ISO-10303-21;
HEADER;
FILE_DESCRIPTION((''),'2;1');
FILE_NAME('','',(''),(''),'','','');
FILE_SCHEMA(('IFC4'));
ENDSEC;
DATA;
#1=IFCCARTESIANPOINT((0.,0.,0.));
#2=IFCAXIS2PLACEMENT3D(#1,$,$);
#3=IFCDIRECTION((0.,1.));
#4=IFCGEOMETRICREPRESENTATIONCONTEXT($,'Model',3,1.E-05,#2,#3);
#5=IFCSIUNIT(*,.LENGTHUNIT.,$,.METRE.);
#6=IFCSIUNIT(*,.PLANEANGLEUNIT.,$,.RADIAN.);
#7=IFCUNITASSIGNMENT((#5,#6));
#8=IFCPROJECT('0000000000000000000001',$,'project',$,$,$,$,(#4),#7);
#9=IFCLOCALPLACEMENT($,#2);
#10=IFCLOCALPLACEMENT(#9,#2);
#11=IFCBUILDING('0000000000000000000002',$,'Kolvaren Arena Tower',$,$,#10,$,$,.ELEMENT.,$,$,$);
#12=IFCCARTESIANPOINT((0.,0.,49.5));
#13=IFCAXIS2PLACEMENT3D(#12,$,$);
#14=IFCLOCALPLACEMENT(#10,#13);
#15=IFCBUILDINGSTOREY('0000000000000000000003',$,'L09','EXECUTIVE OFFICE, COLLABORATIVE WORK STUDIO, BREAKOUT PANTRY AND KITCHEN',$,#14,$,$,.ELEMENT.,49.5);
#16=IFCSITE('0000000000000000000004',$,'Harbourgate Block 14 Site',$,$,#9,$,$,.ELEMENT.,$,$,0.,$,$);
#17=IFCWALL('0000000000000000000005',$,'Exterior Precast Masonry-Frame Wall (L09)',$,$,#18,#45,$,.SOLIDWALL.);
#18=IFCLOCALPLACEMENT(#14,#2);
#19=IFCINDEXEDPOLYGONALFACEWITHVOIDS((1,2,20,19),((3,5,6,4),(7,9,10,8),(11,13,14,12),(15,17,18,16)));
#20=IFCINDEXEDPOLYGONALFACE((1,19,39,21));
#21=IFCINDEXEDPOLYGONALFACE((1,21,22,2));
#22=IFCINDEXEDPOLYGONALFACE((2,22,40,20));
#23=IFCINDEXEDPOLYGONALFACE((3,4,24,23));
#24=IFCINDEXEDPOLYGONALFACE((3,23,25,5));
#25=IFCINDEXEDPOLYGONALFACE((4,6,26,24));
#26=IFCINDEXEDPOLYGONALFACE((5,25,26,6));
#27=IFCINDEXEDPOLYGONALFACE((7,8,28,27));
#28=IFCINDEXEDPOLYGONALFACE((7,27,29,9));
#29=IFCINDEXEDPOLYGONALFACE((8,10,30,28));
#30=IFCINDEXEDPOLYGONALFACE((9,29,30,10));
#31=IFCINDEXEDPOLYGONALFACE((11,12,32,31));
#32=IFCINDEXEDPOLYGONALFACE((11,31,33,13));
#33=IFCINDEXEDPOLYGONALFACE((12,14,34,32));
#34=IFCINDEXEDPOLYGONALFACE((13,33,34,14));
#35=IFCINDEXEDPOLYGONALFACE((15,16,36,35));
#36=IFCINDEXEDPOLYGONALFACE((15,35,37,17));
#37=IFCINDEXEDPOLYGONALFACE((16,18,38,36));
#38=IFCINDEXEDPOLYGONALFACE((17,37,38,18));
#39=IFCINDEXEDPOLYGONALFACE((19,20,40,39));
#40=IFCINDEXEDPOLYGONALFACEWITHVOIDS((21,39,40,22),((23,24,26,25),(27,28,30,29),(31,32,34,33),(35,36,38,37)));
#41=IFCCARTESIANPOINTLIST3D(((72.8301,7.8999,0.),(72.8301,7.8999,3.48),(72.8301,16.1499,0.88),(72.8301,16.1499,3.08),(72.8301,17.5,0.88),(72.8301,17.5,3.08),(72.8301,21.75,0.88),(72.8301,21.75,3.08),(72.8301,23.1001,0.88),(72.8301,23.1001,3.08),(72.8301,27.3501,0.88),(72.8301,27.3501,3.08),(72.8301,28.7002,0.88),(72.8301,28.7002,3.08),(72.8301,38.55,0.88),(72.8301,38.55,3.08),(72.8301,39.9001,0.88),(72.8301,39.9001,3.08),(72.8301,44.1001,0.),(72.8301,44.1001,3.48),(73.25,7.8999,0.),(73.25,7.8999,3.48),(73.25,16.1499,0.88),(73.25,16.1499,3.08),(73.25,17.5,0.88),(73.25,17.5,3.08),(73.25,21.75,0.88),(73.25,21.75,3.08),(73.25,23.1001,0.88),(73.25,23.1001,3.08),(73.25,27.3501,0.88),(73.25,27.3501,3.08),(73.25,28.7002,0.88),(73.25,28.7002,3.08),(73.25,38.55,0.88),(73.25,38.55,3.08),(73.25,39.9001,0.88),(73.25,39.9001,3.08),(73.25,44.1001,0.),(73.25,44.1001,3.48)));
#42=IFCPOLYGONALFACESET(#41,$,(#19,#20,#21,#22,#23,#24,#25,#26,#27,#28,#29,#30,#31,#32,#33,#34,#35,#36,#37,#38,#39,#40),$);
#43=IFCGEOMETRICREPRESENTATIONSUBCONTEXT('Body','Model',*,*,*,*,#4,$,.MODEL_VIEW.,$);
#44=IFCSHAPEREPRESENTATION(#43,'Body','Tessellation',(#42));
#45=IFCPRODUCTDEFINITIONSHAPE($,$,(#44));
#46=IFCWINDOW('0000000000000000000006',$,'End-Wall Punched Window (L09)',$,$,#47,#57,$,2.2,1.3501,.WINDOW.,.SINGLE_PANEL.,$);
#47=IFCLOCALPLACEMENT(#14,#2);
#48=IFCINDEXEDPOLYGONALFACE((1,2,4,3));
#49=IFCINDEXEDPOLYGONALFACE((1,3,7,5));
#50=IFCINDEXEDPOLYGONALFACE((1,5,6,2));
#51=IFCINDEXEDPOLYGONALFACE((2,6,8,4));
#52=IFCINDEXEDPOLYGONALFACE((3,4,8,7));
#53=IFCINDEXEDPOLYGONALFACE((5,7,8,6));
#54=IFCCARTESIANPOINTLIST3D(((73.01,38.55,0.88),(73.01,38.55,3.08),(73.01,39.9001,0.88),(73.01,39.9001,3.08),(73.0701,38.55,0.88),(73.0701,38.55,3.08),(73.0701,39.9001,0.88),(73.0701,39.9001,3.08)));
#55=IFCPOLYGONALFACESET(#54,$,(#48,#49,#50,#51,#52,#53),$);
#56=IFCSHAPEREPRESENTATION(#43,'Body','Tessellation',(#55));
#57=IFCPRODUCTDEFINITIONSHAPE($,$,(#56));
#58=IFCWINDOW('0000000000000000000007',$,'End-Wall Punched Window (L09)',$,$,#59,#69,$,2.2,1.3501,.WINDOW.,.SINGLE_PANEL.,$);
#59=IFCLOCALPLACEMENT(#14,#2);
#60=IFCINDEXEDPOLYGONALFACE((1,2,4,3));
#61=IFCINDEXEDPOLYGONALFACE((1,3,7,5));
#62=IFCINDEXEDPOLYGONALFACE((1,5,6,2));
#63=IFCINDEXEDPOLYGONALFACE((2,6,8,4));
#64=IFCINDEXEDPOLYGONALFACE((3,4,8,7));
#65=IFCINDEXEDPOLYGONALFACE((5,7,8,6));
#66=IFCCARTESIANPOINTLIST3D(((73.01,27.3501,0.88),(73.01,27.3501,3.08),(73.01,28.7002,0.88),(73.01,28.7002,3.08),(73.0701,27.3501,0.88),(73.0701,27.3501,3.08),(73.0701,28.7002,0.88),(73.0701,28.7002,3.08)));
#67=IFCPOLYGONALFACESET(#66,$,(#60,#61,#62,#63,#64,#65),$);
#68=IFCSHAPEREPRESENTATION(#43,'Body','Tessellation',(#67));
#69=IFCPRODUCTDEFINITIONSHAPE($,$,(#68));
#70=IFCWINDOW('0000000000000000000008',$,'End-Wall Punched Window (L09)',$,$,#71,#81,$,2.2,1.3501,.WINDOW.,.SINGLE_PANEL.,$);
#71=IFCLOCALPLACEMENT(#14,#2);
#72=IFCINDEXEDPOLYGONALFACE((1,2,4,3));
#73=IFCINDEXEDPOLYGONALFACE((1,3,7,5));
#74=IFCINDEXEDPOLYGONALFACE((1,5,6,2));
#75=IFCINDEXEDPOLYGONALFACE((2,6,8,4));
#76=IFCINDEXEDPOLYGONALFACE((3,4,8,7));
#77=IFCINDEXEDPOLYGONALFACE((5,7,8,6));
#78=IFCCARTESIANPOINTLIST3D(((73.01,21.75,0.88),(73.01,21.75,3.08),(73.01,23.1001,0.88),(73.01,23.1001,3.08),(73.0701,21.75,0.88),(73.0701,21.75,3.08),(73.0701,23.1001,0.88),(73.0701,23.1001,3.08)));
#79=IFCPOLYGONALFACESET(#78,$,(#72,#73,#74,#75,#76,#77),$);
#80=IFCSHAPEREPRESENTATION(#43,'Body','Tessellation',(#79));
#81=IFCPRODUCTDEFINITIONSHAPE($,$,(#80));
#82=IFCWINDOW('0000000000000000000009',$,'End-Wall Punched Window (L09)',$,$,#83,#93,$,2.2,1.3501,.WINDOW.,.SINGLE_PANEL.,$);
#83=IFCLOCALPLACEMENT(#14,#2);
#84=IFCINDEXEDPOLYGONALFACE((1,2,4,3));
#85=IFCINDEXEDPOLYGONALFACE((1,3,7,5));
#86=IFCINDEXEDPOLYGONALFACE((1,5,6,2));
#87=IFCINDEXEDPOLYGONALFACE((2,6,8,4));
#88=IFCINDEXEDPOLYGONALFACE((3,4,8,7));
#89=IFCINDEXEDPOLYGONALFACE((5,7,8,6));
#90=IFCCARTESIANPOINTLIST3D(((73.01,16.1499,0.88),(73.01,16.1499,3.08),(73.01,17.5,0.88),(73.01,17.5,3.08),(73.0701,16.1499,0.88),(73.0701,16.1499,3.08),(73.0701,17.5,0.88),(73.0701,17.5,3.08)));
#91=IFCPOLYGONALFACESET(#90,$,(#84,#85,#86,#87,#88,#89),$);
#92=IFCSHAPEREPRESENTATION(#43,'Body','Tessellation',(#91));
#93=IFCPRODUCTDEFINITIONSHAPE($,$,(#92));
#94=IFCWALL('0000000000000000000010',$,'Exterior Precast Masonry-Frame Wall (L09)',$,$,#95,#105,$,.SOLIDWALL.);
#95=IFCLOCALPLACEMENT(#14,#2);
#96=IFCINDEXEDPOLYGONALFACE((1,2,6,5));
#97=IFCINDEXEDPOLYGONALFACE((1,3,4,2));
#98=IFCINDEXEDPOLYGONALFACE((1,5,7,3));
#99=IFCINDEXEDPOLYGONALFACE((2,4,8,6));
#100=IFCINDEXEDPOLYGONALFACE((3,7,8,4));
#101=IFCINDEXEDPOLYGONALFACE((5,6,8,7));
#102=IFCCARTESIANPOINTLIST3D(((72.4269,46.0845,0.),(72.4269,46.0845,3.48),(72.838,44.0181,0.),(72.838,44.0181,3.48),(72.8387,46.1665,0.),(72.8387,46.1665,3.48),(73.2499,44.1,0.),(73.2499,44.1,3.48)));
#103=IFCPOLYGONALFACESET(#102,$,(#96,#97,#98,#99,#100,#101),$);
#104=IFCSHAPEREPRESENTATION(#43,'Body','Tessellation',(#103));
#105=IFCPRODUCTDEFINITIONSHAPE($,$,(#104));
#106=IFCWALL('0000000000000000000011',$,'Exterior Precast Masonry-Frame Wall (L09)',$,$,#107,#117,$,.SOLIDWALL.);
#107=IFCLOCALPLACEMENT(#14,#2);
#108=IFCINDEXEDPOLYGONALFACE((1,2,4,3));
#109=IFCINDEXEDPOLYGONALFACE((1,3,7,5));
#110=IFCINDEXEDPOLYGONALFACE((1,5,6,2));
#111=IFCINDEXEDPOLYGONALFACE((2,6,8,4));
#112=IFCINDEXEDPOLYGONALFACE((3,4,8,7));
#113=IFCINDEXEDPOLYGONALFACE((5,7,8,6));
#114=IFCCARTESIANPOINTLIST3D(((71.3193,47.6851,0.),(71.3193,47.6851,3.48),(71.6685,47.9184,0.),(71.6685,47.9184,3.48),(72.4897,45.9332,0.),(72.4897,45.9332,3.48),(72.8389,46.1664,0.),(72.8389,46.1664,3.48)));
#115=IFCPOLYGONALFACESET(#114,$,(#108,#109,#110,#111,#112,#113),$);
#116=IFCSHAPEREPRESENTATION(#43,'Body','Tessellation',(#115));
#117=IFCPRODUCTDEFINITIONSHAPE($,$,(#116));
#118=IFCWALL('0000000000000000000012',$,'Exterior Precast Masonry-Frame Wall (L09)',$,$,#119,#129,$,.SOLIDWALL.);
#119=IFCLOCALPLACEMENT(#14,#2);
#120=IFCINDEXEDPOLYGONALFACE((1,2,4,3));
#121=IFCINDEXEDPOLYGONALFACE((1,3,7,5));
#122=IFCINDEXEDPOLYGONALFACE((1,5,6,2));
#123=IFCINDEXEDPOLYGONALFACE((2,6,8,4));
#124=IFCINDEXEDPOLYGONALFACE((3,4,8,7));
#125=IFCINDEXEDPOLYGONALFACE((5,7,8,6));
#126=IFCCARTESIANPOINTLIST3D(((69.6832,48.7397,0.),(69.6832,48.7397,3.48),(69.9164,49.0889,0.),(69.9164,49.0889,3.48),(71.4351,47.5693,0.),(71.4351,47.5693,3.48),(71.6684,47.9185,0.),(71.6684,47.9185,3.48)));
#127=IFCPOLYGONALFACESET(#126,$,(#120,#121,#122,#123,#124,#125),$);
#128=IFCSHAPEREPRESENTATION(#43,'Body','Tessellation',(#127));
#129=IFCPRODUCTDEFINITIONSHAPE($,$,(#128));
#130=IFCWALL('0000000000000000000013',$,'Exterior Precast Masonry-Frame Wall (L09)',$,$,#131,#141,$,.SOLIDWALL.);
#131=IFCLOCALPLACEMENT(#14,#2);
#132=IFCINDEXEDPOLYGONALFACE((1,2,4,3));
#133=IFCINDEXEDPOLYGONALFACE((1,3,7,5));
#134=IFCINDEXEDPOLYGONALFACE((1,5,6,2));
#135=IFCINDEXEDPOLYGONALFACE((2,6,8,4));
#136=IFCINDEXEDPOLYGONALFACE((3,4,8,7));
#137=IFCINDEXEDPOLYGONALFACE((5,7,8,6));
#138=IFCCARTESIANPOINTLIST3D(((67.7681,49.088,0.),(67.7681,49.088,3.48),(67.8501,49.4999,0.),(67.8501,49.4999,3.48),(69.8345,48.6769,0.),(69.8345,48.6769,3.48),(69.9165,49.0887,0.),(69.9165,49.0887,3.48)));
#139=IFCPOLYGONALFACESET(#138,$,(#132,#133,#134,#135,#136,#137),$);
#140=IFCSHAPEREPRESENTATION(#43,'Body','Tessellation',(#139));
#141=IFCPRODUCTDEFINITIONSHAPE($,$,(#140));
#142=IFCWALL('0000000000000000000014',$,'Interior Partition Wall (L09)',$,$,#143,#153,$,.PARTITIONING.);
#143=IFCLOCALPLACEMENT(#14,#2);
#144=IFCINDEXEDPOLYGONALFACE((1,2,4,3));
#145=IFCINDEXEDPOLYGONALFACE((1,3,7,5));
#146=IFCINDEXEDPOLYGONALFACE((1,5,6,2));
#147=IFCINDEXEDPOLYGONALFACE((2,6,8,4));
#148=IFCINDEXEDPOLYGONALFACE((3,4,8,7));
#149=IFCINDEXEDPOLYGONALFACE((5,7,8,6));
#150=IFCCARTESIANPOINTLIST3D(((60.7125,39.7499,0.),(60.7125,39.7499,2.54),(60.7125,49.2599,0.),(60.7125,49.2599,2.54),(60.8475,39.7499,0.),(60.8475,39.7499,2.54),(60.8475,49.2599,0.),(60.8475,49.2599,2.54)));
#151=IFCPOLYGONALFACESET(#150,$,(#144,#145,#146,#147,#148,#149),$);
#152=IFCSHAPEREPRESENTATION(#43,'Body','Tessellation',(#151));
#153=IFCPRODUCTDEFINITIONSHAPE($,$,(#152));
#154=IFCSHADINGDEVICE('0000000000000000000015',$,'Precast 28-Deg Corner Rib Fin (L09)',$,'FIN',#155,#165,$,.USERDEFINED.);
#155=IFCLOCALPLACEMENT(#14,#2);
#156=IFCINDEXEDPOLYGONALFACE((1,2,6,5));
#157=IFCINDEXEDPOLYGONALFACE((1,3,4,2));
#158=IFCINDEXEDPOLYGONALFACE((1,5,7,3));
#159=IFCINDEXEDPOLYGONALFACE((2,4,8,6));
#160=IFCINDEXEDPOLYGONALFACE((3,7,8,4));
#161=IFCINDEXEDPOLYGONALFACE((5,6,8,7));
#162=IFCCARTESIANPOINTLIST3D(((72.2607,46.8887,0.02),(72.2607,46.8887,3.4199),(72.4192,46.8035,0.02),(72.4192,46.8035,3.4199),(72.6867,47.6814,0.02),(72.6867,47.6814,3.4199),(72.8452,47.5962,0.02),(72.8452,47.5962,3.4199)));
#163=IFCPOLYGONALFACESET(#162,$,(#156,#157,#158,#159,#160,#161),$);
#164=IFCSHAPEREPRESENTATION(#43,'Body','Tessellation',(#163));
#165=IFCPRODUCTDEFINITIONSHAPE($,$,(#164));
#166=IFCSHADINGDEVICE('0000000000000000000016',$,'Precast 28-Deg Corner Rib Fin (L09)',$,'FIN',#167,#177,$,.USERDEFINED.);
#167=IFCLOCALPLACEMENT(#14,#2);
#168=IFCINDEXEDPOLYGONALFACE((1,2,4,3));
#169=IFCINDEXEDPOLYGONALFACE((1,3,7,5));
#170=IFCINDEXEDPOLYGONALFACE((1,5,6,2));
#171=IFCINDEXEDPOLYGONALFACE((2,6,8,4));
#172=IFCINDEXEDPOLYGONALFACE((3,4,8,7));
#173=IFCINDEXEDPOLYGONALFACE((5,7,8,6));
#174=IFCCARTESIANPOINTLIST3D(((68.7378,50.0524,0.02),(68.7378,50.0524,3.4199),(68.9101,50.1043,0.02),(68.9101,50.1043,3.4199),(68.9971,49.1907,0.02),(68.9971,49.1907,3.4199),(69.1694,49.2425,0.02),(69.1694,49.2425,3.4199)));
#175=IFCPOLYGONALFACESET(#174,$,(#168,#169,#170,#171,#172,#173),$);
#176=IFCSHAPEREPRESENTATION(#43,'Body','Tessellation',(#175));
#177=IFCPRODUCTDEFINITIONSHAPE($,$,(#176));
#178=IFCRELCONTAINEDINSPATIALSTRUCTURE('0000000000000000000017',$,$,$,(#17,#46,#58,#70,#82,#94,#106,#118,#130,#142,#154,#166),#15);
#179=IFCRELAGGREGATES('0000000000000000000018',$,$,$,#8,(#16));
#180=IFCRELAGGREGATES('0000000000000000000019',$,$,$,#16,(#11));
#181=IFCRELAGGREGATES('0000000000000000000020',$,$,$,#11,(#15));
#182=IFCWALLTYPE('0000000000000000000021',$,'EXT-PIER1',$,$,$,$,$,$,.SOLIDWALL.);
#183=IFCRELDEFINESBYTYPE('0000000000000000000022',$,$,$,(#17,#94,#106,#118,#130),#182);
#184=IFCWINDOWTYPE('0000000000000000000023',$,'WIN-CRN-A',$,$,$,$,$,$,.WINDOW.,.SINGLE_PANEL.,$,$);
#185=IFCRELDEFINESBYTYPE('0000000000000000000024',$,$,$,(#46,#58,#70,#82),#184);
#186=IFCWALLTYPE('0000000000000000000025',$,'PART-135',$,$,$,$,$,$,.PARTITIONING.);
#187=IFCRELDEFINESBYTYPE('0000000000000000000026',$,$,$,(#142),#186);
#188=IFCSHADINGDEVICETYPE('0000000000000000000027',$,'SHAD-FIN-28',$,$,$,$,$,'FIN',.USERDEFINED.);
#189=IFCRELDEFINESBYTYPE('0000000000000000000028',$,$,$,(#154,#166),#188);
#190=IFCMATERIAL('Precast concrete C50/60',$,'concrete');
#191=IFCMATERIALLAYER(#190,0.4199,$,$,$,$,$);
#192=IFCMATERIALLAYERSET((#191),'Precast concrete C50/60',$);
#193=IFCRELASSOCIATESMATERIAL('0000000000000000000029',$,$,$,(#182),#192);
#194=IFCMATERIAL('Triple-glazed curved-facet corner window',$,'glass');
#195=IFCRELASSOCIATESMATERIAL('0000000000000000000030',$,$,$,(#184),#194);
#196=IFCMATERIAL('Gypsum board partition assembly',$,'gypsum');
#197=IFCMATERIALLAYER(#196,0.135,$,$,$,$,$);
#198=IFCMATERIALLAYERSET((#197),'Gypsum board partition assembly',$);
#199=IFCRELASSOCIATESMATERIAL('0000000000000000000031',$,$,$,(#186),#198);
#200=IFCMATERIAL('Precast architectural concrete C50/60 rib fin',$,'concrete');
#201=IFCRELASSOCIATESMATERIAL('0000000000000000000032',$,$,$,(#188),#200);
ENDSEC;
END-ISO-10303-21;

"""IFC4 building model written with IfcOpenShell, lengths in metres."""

from ifc_helpers import new_model, si_unit, direction, frame, frame_2d, origin, origin_2d, place, context, subcontext, project, spatial, rectangle, extrude, material, layer, layer_set, type_object, element, fill, save


model = new_model("IFC4")

# Units and contexts
model_context = context("Model", 3, precision=1e-05, world=origin(), true_north=direction((0.0, 1.0)))
body_context = subcontext(model_context, "Body", "Model", "MODEL_VIEW")
ifc_project = project(units=[si_unit("LENGTHUNIT", "METRE"), si_unit("PLANEANGLEUNIT", "RADIAN")], contexts=[model_context])

# Site, building, storey
site_placement = place(None, origin())
site = spatial("IfcSite", under=ifc_project, at=site_placement, Name="Harbourgate Block 14 Site", CompositionType="ELEMENT", RefElevation=0.0)
building_placement = place(site_placement, origin())
building = spatial("IfcBuilding", under=site, at=building_placement, Name="Kolvaren Arena Tower", CompositionType="ELEMENT")
storey_placement = place(building_placement, frame((0.0, 0.0, 49.5)))
storey = spatial("IfcBuildingStorey", under=building, at=storey_placement, Name="L09", Description="EXECUTIVE OFFICE, COLLABORATIVE WORK STUDIO, BREAKOUT PANTRY AND KITCHEN", CompositionType="ELEMENT", Elevation=49.5)

# Wall, openings, windows
ifc_material_1 = material(Name="Precast concrete C50/60", Category="concrete")
ifc_layer_1 = layer(ifc_material_1, 0.4199)
ifc_layer_set_1 = layer_set([ifc_layer_1], Name="Precast concrete C50/60")
wall_type_1 = type_object("IfcWallType", Name="EXT-PIER1", PredefinedType="SOLIDWALL", material=ifc_layer_set_1)
wall_1_placement = place(storey_placement, frame((73.04, 44.1001, 0.0), z_axis=(0.0, 0.0, 1.0), x_axis=(0.0, -1.0, 0.0)))
wall_1 = element("IfcWall", 1, at=wall_1_placement, inside=storey, type_object=wall_type_1, Name="Exterior Precast Masonry-Frame Wall (L09)", PredefinedType="SOLIDWALL", context=body_context, shape_type="SweptSolid", body=[
    extrude(rectangle(XDim=36.2002, YDim=0.4199, at=frame_2d((18.1001, 0.0))), origin(), (0.0, 0.0, 1.0), 3.48),
])
opening_1_placement = place(wall_1_placement, frame((4.2, 0.0, 0.8799)))
opening_1 = element("IfcOpeningElement", 2, at=opening_1_placement, cuts=wall_1, PredefinedType="OPENING", context=body_context, shape_type="SweptSolid", body=[
    extrude(rectangle(XDim=1.3501, YDim=2.2, at=frame_2d((0.675, 1.1001))), frame((0.0, 0.22, 0.0), z_axis=(0.0, -1.0, 0.0), x_axis=(1.0, 0.0, 0.0)), (0.0, 0.0, 1.0), 0.4399),
])
opening_2_placement = place(wall_1_placement, frame((15.3999, 0.0, 0.8799)))
opening_2 = element("IfcOpeningElement", 3, at=opening_2_placement, cuts=wall_1, PredefinedType="OPENING", context=body_context, shape_type="SweptSolid", body=[
    extrude(rectangle(XDim=1.3501, YDim=2.2, at=frame_2d((0.675, 1.1001))), frame((0.0, 0.22, 0.0), z_axis=(0.0, -1.0, 0.0), x_axis=(1.0, 0.0, 0.0)), (0.0, 0.0, 1.0), 0.4399),
])
opening_3_placement = place(wall_1_placement, frame((21.0, 0.0, 0.8799)))
opening_3 = element("IfcOpeningElement", 4, at=opening_3_placement, cuts=wall_1, PredefinedType="OPENING", context=body_context, shape_type="SweptSolid", body=[
    extrude(rectangle(XDim=1.3501, YDim=2.2, at=frame_2d((0.675, 1.1001))), frame((0.0, 0.22, 0.0), z_axis=(0.0, -1.0, 0.0), x_axis=(1.0, 0.0, 0.0)), (0.0, 0.0, 1.0), 0.4399),
])
opening_4_placement = place(wall_1_placement, frame((26.6001, 0.0, 0.8799)))
opening_4 = element("IfcOpeningElement", 5, at=opening_4_placement, cuts=wall_1, PredefinedType="OPENING", context=body_context, shape_type="SweptSolid", body=[
    extrude(rectangle(XDim=1.3501, YDim=2.2, at=frame_2d((0.675, 1.1001))), frame((0.0, 0.22, 0.0), z_axis=(0.0, -1.0, 0.0), x_axis=(1.0, 0.0, 0.0)), (0.0, 0.0, 1.0), 0.4399),
])
ifc_material_2 = material(Name="Triple-glazed curved-facet corner window", Category="glass")
window_type = type_object("IfcWindowType", Name="WIN-CRN-A", PartitioningType="SINGLE_PANEL", PredefinedType="WINDOW", material=ifc_material_2)
window_1_placement = place(opening_1_placement, origin())
window_1 = element("IfcWindow", 6, at=window_1_placement, inside=storey, type_object=window_type, Name="End-Wall Punched Window (L09)", OverallHeight=2.2, OverallWidth=1.3501, PartitioningType="SINGLE_PANEL", PredefinedType="WINDOW", context=body_context, shape_type="SweptSolid", body=[
    extrude(rectangle(XDim=1.3501, YDim=2.2, at=frame_2d((0.675, 1.1001))), frame((0.0, 0.03, 0.0), z_axis=(0.0, -1.0, 0.0), x_axis=(1.0, 0.0, 0.0)), (0.0, 0.0, 1.0), 0.0601),
])
fill(opening_1, window_1)
window_2_placement = place(opening_2_placement, origin())
window_2 = element("IfcWindow", 7, at=window_2_placement, inside=storey, type_object=window_type, Name="End-Wall Punched Window (L09)", OverallHeight=2.2, OverallWidth=1.3501, PartitioningType="SINGLE_PANEL", PredefinedType="WINDOW", context=body_context, shape_type="SweptSolid", body=[
    extrude(rectangle(XDim=1.3501, YDim=2.2, at=frame_2d((0.675, 1.1001))), frame((0.0, 0.03, 0.0), z_axis=(0.0, -1.0, 0.0), x_axis=(1.0, 0.0, 0.0)), (0.0, 0.0, 1.0), 0.0601),
])
fill(opening_2, window_2)
window_3_placement = place(opening_3_placement, origin())
window_3 = element("IfcWindow", 8, at=window_3_placement, inside=storey, type_object=window_type, Name="End-Wall Punched Window (L09)", OverallHeight=2.2, OverallWidth=1.3501, PartitioningType="SINGLE_PANEL", PredefinedType="WINDOW", context=body_context, shape_type="SweptSolid", body=[
    extrude(rectangle(XDim=1.3501, YDim=2.2, at=frame_2d((0.675, 1.1001))), frame((0.0, 0.03, 0.0), z_axis=(0.0, -1.0, 0.0), x_axis=(1.0, 0.0, 0.0)), (0.0, 0.0, 1.0), 0.0601),
])
fill(opening_3, window_3)
window_4_placement = place(opening_4_placement, origin())
window_4 = element("IfcWindow", 9, at=window_4_placement, inside=storey, type_object=window_type, Name="End-Wall Punched Window (L09)", OverallHeight=2.2, OverallWidth=1.3501, PartitioningType="SINGLE_PANEL", PredefinedType="WINDOW", context=body_context, shape_type="SweptSolid", body=[
    extrude(rectangle(XDim=1.3501, YDim=2.2, at=frame_2d((0.675, 1.1001))), frame((0.0, 0.03, 0.0), z_axis=(0.0, -1.0, 0.0), x_axis=(1.0, 0.0, 0.0)), (0.0, 0.0, 1.0), 0.0601),
])
fill(opening_4, window_4)

# Walls
for number, where, z_axis, x_axis, name in (
    (10, (72.6328, 46.1255, 0.0), (0.0, 0.0, 1.0), (0.195136, -0.980776, 0.0), "Exterior Precast Masonry-Frame Wall (L09)"),
    (11, (71.4939, 47.8018, 0.0), (0.0, 0.0, 1.0), (0.555502, -0.831515, 0.0), "Exterior Precast Masonry-Frame Wall (L09)"),
    (12, (69.7998, 48.9143, 0.0), (0.0, 0.0, 1.0), (0.831515, -0.555502, 0.0), "Exterior Precast Masonry-Frame Wall (L09)"),
    (13, (67.8091, 49.2939, 0.0), (0.0, 0.0, 1.0), (0.980776, -0.195136, 0.0), "Exterior Precast Masonry-Frame Wall (L09)"),
):
    element("IfcWall", number, at=place(storey_placement, frame(where, z_axis=z_axis, x_axis=x_axis)), inside=storey, type_object=wall_type_1, Name=name, PredefinedType="SOLIDWALL", context=body_context, shape_type="SweptSolid", body=[
        extrude(rectangle(XDim=2.1069, YDim=0.4199, at=frame_2d((1.0535, 0.0))), origin(), (0.0, 0.0, 1.0), 3.48),
    ])
ifc_material_3 = material(Name="Gypsum board partition assembly", Category="gypsum")
ifc_layer_2 = layer(ifc_material_3, 0.135)
ifc_layer_set_2 = layer_set([ifc_layer_2], Name="Gypsum board partition assembly")
wall_type_2 = type_object("IfcWallType", Name="PART-135", PredefinedType="PARTITIONING", material=ifc_layer_set_2)
wall_2_placement = place(storey_placement, frame((60.78, 39.75, 0.0), z_axis=(0.0, 0.0, 1.0), x_axis=(0.0, 1.0, 0.0)))
element("IfcWall", 14, at=wall_2_placement, inside=storey, type_object=wall_type_2, Name="Interior Partition Wall (L09)", PredefinedType="PARTITIONING", context=body_context, shape_type="SweptSolid", body=[
    extrude(rectangle(XDim=9.51, YDim=0.135, at=frame_2d((4.7549, 0.0))), origin(), (0.0, 0.0, 1.0), 2.54),
])

# Shading devices
ifc_material_4 = material(Name="Precast architectural concrete C50/60 rib fin", Category="concrete")
shading_device_type_1 = type_object("IfcShadingDeviceType", Name="SHAD-FIN-28", ElementType="FIN", PredefinedType="USERDEFINED", material=ifc_material_4)
for number, where, z_axis, x_axis, name in (
    (15, (72.553, 47.2424, 0.02), (0.0, 0.0, 1.0), (0.473349, 0.880875, 0.0), "Precast 28-Deg Corner Rib Fin (L09)"),
    (16, (68.9536, 49.6475, 0.02), (0.0, 0.0, 1.0), (-0.288175, 0.957578, 0.0), "Precast 28-Deg Corner Rib Fin (L09)"),
):
    element("IfcShadingDevice", number, at=place(storey_placement, frame(where, z_axis=z_axis, x_axis=x_axis)), inside=storey, type_object=shading_device_type_1, Name=name, ObjectType="FIN", PredefinedType="USERDEFINED", context=body_context, shape_type="SweptSolid", body=[
        extrude(rectangle(XDim=0.8999, YDim=0.1799, at=origin_2d()), origin(), (0.0, 0.0, 1.0), 3.3999),
    ])

save(model, "model.ifc")
